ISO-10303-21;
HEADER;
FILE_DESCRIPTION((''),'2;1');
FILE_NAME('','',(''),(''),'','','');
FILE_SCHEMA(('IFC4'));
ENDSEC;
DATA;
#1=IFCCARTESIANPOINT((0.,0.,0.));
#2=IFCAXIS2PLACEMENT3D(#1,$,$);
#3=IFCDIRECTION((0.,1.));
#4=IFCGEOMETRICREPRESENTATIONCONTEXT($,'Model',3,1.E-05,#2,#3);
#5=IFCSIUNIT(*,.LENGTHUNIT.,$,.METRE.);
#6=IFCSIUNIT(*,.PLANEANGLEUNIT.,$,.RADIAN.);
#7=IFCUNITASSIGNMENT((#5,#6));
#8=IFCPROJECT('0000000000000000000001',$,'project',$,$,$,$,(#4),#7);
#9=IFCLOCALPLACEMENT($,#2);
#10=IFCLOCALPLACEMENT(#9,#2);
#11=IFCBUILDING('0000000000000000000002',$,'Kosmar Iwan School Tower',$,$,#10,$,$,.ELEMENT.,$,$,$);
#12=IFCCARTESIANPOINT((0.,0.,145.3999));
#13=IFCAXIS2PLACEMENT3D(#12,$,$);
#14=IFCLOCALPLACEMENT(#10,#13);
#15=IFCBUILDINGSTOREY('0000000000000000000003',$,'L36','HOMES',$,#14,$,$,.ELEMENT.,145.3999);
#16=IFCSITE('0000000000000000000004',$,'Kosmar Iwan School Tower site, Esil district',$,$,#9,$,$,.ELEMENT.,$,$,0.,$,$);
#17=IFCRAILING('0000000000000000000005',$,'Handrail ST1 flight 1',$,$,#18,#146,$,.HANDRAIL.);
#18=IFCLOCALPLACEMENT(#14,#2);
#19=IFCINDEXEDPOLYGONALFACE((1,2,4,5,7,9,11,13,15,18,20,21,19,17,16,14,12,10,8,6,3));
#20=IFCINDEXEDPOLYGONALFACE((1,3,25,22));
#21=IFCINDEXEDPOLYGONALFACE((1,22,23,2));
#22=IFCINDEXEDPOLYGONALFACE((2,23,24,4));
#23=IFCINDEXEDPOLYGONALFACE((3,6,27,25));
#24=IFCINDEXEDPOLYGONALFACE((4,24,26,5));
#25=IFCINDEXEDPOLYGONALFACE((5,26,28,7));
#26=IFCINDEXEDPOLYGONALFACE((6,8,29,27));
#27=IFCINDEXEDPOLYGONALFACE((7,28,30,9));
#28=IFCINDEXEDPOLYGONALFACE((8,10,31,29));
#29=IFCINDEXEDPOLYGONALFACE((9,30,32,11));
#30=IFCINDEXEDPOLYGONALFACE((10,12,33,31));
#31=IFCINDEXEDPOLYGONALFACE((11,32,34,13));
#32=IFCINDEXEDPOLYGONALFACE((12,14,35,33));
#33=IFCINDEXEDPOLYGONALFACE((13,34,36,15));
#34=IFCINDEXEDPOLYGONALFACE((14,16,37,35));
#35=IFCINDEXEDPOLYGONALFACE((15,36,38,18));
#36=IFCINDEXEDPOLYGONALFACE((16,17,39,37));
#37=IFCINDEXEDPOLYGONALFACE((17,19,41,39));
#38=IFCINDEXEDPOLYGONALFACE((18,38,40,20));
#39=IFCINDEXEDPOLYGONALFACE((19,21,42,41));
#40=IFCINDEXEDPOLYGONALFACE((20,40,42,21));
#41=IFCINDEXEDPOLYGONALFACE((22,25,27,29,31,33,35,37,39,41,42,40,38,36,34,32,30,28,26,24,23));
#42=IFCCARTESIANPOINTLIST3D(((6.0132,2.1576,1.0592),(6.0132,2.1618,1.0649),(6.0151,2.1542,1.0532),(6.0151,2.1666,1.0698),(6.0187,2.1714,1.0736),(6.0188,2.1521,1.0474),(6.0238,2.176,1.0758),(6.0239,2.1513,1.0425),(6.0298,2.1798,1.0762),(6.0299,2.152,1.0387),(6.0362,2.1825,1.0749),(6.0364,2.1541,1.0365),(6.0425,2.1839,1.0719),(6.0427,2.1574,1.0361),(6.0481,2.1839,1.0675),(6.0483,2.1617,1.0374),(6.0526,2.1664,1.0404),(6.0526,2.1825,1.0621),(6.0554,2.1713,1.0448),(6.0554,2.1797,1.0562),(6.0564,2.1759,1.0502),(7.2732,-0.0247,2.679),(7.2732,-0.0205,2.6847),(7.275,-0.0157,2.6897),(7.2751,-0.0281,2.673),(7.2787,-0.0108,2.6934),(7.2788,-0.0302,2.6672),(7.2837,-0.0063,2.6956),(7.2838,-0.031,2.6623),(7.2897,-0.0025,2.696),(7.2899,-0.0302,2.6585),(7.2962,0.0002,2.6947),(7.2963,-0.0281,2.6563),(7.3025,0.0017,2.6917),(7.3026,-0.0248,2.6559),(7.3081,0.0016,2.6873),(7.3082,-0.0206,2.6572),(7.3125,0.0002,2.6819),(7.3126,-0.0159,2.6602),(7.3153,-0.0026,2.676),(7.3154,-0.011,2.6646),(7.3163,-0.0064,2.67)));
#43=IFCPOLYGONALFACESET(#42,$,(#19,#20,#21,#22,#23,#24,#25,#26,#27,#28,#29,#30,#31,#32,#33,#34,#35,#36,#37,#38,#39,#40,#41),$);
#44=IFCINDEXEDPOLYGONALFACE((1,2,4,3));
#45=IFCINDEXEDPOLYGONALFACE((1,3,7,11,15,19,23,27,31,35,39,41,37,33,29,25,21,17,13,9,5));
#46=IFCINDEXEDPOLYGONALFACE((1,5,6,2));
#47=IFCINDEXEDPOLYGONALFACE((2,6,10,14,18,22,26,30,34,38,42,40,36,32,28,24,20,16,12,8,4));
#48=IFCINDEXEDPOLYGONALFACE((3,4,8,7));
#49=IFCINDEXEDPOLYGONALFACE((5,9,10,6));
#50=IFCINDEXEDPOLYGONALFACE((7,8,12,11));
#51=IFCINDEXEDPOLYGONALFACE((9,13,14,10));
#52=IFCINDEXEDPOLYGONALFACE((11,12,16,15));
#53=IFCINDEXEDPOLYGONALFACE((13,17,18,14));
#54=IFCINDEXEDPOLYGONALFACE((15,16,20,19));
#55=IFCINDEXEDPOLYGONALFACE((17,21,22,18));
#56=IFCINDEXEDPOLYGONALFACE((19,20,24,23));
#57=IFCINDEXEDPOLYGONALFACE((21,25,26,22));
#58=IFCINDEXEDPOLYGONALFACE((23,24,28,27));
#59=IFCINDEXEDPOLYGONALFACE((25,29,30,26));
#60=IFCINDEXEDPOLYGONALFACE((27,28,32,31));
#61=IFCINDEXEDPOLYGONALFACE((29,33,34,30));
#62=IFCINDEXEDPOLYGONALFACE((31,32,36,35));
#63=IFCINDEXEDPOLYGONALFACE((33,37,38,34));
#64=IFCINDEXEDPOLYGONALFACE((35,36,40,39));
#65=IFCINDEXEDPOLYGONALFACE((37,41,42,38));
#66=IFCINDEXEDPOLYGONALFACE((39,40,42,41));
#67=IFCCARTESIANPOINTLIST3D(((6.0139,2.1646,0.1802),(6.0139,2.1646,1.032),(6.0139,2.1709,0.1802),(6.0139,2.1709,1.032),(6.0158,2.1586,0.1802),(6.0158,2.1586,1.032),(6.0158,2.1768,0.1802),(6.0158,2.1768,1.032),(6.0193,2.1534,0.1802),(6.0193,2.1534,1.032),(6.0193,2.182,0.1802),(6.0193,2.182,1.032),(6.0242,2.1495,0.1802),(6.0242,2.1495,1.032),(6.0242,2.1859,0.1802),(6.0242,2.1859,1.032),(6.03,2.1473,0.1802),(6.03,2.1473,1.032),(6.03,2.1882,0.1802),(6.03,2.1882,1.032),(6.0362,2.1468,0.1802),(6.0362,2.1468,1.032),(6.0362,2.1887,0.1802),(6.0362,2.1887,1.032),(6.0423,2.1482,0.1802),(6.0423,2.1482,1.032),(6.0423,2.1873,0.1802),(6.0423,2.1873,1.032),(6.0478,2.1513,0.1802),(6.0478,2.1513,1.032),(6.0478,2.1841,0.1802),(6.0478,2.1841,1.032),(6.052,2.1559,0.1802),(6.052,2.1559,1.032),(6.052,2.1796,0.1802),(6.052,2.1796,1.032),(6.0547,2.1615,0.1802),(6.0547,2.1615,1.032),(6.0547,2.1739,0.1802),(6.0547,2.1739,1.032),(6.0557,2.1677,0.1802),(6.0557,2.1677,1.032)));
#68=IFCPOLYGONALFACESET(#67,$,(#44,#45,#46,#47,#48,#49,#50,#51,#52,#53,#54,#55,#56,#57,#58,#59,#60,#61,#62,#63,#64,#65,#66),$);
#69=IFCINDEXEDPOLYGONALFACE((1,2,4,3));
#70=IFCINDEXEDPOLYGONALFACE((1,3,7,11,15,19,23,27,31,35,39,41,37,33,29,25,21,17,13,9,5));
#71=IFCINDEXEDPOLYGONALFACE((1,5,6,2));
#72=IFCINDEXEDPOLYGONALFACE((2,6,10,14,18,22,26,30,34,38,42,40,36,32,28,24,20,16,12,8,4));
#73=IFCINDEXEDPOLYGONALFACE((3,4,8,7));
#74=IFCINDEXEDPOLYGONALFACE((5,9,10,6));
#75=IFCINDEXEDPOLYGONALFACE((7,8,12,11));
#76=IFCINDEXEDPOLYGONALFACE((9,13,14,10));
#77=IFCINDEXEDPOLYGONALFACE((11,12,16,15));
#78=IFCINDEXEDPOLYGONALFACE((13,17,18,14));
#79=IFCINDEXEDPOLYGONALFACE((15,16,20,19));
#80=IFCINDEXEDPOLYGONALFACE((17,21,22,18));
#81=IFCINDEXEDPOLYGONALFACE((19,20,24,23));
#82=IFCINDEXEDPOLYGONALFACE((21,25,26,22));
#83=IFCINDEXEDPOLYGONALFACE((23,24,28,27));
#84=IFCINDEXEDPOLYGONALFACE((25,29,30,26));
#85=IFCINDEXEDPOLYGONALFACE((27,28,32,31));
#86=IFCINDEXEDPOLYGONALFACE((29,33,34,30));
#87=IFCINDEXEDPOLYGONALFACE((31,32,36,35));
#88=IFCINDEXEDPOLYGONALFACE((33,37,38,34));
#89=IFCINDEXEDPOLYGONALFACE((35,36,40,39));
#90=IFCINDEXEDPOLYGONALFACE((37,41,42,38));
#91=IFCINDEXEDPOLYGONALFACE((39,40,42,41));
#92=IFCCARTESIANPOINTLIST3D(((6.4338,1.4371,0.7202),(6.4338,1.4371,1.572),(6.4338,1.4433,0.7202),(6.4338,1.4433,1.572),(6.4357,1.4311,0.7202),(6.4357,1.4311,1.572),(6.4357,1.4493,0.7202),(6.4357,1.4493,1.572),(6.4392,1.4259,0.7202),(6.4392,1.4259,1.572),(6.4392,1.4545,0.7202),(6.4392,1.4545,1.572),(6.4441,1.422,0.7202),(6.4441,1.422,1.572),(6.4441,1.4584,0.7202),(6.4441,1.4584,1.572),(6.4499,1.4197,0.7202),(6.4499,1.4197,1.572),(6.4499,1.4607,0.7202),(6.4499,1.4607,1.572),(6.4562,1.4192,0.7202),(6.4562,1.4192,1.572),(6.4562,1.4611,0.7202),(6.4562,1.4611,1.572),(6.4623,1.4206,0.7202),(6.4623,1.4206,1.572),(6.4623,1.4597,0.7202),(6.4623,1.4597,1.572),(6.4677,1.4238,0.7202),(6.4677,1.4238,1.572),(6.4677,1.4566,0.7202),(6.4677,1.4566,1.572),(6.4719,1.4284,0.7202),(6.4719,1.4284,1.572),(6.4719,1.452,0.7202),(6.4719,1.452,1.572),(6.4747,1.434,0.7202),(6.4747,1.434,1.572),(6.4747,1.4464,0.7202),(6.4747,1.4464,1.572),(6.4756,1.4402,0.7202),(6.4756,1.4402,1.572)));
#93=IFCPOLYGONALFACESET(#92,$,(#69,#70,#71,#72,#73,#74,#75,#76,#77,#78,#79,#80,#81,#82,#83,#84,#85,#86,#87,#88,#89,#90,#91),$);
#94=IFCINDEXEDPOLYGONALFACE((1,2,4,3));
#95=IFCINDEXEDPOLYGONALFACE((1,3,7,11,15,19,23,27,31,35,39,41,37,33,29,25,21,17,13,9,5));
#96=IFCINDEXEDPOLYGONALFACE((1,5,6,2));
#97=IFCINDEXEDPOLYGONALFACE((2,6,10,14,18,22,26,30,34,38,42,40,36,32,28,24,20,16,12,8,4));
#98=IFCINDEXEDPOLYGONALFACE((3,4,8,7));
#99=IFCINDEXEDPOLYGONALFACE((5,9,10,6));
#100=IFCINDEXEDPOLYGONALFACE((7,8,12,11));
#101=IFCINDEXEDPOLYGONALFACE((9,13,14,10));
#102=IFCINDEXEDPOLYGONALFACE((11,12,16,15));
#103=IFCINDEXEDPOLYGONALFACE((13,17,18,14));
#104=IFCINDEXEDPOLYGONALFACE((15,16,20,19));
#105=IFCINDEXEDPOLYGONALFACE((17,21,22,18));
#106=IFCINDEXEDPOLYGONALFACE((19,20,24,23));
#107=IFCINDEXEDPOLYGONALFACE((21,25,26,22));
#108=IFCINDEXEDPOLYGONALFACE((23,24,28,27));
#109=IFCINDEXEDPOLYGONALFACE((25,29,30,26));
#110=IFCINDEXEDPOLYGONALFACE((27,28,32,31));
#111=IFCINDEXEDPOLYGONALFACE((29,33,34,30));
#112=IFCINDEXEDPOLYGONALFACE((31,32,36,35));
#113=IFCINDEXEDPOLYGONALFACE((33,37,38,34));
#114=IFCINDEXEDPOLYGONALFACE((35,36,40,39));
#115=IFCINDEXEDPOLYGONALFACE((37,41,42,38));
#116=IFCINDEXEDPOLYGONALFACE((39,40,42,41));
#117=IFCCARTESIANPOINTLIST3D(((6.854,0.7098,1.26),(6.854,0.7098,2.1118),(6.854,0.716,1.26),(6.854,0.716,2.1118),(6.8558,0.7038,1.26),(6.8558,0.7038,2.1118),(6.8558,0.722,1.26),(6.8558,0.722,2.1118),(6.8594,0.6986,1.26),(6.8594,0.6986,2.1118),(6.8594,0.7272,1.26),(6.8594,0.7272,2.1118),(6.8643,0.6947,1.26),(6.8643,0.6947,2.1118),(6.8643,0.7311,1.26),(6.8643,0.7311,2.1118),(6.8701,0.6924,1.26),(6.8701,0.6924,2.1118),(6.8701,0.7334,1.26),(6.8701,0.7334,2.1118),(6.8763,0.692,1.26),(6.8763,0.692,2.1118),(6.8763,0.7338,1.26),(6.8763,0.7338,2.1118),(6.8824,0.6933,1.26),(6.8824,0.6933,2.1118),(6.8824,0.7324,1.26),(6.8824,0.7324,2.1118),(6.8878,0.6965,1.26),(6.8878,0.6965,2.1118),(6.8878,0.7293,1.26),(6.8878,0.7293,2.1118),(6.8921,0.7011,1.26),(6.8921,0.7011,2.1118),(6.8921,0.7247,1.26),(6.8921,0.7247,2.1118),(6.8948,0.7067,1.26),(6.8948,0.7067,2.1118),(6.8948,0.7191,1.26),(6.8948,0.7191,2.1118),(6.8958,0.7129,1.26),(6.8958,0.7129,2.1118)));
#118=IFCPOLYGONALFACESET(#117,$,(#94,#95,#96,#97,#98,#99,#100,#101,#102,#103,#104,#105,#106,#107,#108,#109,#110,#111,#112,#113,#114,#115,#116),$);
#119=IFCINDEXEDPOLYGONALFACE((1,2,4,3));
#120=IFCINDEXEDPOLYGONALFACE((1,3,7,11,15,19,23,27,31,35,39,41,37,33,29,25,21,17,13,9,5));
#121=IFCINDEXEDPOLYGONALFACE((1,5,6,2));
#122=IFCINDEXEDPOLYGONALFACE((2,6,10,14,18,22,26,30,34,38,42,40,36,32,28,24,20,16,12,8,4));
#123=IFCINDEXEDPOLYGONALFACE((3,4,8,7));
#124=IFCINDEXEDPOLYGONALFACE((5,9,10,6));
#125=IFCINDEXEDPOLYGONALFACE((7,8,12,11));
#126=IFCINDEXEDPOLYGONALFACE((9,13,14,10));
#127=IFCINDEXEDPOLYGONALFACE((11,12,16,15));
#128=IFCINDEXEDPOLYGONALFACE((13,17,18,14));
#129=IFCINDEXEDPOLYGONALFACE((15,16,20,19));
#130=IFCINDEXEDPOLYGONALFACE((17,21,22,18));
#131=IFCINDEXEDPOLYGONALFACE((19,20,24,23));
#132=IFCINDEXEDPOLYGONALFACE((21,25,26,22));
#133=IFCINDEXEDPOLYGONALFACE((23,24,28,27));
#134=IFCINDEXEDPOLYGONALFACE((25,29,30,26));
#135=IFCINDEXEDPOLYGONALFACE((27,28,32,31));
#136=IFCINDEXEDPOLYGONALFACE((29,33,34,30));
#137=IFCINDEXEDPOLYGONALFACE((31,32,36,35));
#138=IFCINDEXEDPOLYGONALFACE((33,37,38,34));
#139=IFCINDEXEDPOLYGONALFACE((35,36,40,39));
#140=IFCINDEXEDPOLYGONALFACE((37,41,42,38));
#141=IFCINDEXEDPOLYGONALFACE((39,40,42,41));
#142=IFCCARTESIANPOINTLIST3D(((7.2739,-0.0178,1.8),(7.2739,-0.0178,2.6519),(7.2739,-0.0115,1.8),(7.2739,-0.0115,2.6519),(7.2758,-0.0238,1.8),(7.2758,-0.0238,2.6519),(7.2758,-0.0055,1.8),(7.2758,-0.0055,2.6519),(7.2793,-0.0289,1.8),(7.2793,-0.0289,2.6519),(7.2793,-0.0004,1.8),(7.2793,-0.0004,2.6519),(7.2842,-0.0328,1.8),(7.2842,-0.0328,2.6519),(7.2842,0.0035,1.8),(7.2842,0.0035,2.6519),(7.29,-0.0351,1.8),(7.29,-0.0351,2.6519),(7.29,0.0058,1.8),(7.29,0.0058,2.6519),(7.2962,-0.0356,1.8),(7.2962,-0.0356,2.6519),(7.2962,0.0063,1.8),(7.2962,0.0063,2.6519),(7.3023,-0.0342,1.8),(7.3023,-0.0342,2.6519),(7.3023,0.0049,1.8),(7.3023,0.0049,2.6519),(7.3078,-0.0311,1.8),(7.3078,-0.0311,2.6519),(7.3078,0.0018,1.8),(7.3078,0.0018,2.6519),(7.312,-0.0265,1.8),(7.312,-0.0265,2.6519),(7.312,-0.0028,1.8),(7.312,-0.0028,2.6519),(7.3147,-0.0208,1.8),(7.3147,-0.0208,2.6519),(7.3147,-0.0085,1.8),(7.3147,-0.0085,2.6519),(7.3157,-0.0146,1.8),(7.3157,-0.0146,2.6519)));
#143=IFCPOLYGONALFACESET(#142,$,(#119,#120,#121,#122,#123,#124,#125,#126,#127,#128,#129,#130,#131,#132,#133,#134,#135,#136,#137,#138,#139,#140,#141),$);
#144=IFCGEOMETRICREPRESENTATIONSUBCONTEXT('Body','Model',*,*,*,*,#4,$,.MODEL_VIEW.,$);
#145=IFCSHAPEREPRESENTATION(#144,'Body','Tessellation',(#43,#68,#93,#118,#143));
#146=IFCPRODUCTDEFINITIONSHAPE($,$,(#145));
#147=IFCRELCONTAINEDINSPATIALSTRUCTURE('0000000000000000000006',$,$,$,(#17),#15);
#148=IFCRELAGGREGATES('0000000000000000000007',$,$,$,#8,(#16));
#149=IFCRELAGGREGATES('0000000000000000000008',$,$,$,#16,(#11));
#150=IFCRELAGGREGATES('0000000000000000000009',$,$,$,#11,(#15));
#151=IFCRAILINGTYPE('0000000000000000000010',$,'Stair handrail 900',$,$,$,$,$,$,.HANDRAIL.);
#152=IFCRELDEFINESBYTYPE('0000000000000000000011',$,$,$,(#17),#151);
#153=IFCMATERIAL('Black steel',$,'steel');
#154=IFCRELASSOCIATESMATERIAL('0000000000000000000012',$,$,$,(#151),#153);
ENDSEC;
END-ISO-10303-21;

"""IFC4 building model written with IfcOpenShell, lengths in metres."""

from ifc_helpers import new_model, si_unit, direction, frame, origin, origin_2d, place, context, subcontext, project, spatial, circle, extrude, material, type_object, element, save


model = new_model("IFC4")

# Units and contexts
model_context = context("Model", 3, precision=1e-05, world=origin(), true_north=direction((0.0, 1.0)))
body_context = subcontext(model_context, "Body", "Model", "MODEL_VIEW")
ifc_project = project(units=[si_unit("LENGTHUNIT", "METRE"), si_unit("PLANEANGLEUNIT", "RADIAN")], contexts=[model_context])

# Site, building, storey
site_placement = place(None, origin())
site = spatial("IfcSite", under=ifc_project, at=site_placement, Name="Kosmar Iwan School Tower site, Esil district", CompositionType="ELEMENT", RefElevation=0.0)
building_placement = place(site_placement, origin())
building = spatial("IfcBuilding", under=site, at=building_placement, Name="Kosmar Iwan School Tower", CompositionType="ELEMENT")
storey_placement = place(building_placement, frame((0.0, 0.0, 145.3999)))
storey = spatial("IfcBuildingStorey", under=building, at=storey_placement, Name="L36", Description="HOMES", CompositionType="ELEMENT", Elevation=145.3999)

# Railing
ifc_material_1 = material(Name="Black steel", Category="steel")
railing_type = type_object("IfcRailingType", Name="Stair handrail 900", PredefinedType="HANDRAIL", material=ifc_material_1)
railing_1_placement = place(storey_placement, frame((6.0347, 2.1677, 0.1802)))
element("IfcRailing", 1, at=railing_1_placement, inside=storey, type_object=railing_type, Name="Handrail ST1 flight 1", PredefinedType="HANDRAIL", context=body_context, shape_type="SweptSolid", body=[
    extrude(circle(Radius=0.0239, at=origin_2d()), frame((0.0, 0.0, 0.876), z_axis=(0.420603, -0.728496, 0.540728), x_axis=(0.866023, 0.500005, 0.0)), (0.0, 0.0, 1.0), 2.9956),
    extrude(circle(Radius=0.021, at=origin_2d()), origin(), (0.0, 0.0, 1.0), 0.8518),
    extrude(circle(Radius=0.021, at=origin_2d()), frame((0.4199, -0.7275, 0.54)), (0.0, 0.0, 1.0), 0.8518),
    extrude(circle(Radius=0.021, at=origin_2d()), frame((0.8401, -1.4548, 1.0798)), (0.0, 0.0, 1.0), 0.8518),
    extrude(circle(Radius=0.021, at=origin_2d()), frame((1.26, -2.1824, 1.6199)), (0.0, 0.0, 1.0), 0.8518),
])

save(model, "model.ifc")
